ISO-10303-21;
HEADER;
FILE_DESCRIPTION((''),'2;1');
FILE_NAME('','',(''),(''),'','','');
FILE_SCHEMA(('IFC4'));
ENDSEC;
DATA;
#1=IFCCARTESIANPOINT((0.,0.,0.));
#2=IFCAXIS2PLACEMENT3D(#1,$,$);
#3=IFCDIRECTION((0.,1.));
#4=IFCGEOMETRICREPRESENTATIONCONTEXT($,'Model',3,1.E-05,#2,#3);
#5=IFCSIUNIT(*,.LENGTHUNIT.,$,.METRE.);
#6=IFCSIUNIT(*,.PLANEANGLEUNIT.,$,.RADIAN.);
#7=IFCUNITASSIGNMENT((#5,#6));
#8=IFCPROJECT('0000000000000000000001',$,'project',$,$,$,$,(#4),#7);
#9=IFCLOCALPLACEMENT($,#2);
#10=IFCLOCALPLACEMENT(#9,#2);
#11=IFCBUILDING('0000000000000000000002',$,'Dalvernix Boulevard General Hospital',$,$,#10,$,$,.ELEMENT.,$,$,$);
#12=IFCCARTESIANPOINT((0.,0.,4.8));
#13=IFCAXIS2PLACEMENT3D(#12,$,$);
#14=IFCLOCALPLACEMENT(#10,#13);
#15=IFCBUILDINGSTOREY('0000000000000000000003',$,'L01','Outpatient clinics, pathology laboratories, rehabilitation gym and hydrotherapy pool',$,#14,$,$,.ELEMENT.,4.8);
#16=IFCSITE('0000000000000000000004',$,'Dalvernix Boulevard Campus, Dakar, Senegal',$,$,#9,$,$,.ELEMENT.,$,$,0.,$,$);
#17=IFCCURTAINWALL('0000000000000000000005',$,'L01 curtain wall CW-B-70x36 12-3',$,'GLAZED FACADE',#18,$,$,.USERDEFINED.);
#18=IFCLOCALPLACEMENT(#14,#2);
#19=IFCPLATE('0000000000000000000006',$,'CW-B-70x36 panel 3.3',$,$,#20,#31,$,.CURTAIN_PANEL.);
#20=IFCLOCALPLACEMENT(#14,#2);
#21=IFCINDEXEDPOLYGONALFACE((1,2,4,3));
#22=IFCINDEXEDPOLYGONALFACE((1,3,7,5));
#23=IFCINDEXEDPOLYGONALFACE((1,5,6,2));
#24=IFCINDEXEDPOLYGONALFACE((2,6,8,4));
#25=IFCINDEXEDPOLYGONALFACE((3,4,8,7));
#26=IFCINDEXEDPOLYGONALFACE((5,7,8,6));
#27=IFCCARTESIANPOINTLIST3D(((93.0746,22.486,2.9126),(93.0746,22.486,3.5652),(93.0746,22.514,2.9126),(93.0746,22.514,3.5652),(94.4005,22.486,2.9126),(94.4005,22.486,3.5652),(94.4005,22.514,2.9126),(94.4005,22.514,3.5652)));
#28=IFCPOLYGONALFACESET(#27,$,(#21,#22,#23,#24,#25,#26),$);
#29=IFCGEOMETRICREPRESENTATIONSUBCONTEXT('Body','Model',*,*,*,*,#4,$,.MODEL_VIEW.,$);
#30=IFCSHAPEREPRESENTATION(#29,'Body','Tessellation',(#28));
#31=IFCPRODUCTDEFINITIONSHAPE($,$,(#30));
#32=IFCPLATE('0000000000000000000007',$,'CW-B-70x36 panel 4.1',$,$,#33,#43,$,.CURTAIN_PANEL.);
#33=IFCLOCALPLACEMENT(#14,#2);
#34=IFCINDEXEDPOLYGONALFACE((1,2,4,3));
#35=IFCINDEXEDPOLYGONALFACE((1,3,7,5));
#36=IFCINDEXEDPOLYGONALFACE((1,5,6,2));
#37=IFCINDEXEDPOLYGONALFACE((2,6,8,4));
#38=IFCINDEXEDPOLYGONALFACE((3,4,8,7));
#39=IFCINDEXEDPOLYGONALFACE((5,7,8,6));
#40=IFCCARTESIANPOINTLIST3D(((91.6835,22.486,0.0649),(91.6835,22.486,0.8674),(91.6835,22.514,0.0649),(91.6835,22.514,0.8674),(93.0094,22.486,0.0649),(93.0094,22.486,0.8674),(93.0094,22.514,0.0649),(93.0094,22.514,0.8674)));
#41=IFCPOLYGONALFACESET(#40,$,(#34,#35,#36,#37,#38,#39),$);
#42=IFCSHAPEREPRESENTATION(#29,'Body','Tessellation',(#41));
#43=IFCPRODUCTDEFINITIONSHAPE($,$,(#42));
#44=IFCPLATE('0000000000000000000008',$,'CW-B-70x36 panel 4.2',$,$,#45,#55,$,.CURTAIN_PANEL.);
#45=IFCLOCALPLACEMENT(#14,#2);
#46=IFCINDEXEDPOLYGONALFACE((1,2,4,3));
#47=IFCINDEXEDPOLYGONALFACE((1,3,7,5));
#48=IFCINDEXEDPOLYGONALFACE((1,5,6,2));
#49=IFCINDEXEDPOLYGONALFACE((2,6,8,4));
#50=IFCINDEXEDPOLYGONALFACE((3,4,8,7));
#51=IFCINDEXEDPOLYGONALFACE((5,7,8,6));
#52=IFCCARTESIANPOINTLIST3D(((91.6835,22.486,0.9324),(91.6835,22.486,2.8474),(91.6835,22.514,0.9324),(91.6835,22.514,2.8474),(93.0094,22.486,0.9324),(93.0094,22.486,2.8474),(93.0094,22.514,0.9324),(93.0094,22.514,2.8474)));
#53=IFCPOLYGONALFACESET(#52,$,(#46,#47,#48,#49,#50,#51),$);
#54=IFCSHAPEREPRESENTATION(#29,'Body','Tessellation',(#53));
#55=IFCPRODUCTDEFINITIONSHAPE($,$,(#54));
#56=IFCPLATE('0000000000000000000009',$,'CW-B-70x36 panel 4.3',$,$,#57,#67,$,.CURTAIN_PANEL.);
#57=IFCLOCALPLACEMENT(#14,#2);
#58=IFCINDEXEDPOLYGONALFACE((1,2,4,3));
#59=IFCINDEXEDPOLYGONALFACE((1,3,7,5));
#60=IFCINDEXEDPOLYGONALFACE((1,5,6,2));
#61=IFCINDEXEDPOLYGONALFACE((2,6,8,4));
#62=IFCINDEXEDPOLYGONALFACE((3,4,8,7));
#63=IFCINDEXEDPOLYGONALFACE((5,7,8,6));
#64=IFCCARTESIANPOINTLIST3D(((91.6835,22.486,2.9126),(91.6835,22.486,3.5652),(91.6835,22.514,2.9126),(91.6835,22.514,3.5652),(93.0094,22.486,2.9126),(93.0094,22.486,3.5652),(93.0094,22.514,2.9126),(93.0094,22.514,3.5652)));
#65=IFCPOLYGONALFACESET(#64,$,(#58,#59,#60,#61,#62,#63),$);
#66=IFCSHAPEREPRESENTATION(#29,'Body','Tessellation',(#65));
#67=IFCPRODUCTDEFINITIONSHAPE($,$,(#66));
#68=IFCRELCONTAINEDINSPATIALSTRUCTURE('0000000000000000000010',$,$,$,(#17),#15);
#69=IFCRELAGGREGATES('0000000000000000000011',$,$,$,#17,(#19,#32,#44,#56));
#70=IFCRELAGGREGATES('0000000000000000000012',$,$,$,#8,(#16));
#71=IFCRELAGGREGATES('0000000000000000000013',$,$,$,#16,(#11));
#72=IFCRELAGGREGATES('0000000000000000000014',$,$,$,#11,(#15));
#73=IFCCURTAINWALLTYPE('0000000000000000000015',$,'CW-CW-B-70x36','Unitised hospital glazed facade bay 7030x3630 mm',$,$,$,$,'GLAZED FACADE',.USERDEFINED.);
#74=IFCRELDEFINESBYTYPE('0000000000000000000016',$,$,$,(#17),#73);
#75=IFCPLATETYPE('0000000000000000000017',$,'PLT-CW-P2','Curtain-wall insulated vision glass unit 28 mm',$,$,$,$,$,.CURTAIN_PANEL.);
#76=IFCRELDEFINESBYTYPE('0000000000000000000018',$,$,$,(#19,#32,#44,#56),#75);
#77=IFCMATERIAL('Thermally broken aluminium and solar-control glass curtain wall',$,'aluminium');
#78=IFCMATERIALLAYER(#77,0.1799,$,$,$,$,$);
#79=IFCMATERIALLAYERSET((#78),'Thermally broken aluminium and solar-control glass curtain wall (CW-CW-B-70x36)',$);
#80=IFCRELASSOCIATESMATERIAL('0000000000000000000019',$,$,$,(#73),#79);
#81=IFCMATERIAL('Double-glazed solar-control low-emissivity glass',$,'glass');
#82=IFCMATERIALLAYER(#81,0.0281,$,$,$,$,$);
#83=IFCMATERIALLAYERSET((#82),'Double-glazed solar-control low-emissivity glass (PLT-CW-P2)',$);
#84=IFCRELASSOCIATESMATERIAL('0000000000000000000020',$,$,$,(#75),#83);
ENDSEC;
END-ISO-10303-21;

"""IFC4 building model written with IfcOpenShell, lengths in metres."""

from ifc_helpers import new_model, si_unit, direction, frame, origin, origin_2d, place, context, subcontext, project, spatial, rectangle, extrude, material, layer, layer_set, type_object, element, aggregate, save


model = new_model("IFC4")

# Units and contexts
model_context = context("Model", 3, precision=1e-05, world=origin(), true_north=direction((0.0, 1.0)))
body_context = subcontext(model_context, "Body", "Model", "MODEL_VIEW")
ifc_project = project(units=[si_unit("LENGTHUNIT", "METRE"), si_unit("PLANEANGLEUNIT", "RADIAN")], contexts=[model_context])

# Site, building, storey
site_placement = place(None, origin())
site = spatial("IfcSite", under=ifc_project, at=site_placement, Name="Dalvernix Boulevard Campus, Dakar, Senegal", CompositionType="ELEMENT", RefElevation=0.0)
building_placement = place(site_placement, origin())
building = spatial("IfcBuilding", under=site, at=building_placement, Name="Dalvernix Boulevard General Hospital", CompositionType="ELEMENT")
storey_placement = place(building_placement, frame((0.0, 0.0, 4.8)))
storey = spatial("IfcBuildingStorey", under=building, at=storey_placement, Name="L01", Description="Outpatient clinics, pathology laboratories, rehabilitation gym and hydrotherapy pool", CompositionType="ELEMENT", Elevation=4.8)

# Curtain wall
ifc_material_1 = material(Name="Thermally broken aluminium and solar-control glass curtain wall", Category="aluminium")
ifc_layer_1 = layer(ifc_material_1, 0.1799)
ifc_layer_set_1 = layer_set([ifc_layer_1], Name="Thermally broken aluminium and solar-control glass curtain wall (CW-CW-B-70x36)")
curtain_wall_type = type_object("IfcCurtainWallType", Name="CW-CW-B-70x36", Description="Unitised hospital glazed facade bay 7030x3630 mm", ElementType="GLAZED FACADE", PredefinedType="USERDEFINED", material=ifc_layer_set_1)
curtain_wall_placement = place(storey_placement, origin())
curtain_wall = element("IfcCurtainWall", 1, at=curtain_wall_placement, inside=storey, type_object=curtain_wall_type, Name="L01 curtain wall CW-B-70x36 12-3", ObjectType="GLAZED FACADE", PredefinedType="USERDEFINED")

# Plates
ifc_material_2 = material(Name="Double-glazed solar-control low-emissivity glass", Category="glass")
ifc_layer_2 = layer(ifc_material_2, 0.0281)
ifc_layer_set_2 = layer_set([ifc_layer_2], Name="Double-glazed solar-control low-emissivity glass (PLT-CW-P2)")
plate_type = type_object("IfcPlateType", Name="PLT-CW-P2", Description="Curtain-wall insulated vision glass unit 28 mm", PredefinedType="CURTAIN_PANEL", material=ifc_layer_set_2)
plate_1_placement = place(storey_placement, frame((93.7375, 22.5, 2.9126), z_axis=(0.0, 0.0, 1.0), x_axis=(-1.0, 0.0, 0.0)))
plate_1 = element("IfcPlate", 2, at=plate_1_placement, type_object=plate_type, Name="CW-B-70x36 panel 3.3", PredefinedType="CURTAIN_PANEL", context=body_context, shape_type="SweptSolid", body=[
    extrude(rectangle(XDim=1.3259, YDim=0.0281, at=origin_2d()), origin(), (0.0, 0.0, 1.0), 0.6526),
])
plate_2_placement = place(storey_placement, frame((92.3464, 22.5, 0.0649), z_axis=(0.0, 0.0, 1.0), x_axis=(-1.0, 0.0, 0.0)))
plate_2 = element("IfcPlate", 3, at=plate_2_placement, type_object=plate_type, Name="CW-B-70x36 panel 4.1", PredefinedType="CURTAIN_PANEL", context=body_context, shape_type="SweptSolid", body=[
    extrude(rectangle(XDim=1.3259, YDim=0.0281, at=origin_2d()), origin(), (0.0, 0.0, 1.0), 0.8025),
])
plate_3_placement = place(storey_placement, frame((92.3464, 22.5, 0.9324), z_axis=(0.0, 0.0, 1.0), x_axis=(-1.0, 0.0, 0.0)))
plate_3 = element("IfcPlate", 4, at=plate_3_placement, type_object=plate_type, Name="CW-B-70x36 panel 4.2", PredefinedType="CURTAIN_PANEL", context=body_context, shape_type="SweptSolid", body=[
    extrude(rectangle(XDim=1.3259, YDim=0.0281, at=origin_2d()), origin(), (0.0, 0.0, 1.0), 1.915),
])
plate_4_placement = place(storey_placement, frame((92.3464, 22.5, 2.9126), z_axis=(0.0, 0.0, 1.0), x_axis=(-1.0, 0.0, 0.0)))
plate_4 = element("IfcPlate", 5, at=plate_4_placement, type_object=plate_type, Name="CW-B-70x36 panel 4.3", PredefinedType="CURTAIN_PANEL", context=body_context, shape_type="SweptSolid", body=[
    extrude(rectangle(XDim=1.3259, YDim=0.0281, at=origin_2d()), origin(), (0.0, 0.0, 1.0), 0.6526),
])
aggregate(curtain_wall, [plate_1, plate_2, plate_3, plate_4])

save(model, "model.ifc")
